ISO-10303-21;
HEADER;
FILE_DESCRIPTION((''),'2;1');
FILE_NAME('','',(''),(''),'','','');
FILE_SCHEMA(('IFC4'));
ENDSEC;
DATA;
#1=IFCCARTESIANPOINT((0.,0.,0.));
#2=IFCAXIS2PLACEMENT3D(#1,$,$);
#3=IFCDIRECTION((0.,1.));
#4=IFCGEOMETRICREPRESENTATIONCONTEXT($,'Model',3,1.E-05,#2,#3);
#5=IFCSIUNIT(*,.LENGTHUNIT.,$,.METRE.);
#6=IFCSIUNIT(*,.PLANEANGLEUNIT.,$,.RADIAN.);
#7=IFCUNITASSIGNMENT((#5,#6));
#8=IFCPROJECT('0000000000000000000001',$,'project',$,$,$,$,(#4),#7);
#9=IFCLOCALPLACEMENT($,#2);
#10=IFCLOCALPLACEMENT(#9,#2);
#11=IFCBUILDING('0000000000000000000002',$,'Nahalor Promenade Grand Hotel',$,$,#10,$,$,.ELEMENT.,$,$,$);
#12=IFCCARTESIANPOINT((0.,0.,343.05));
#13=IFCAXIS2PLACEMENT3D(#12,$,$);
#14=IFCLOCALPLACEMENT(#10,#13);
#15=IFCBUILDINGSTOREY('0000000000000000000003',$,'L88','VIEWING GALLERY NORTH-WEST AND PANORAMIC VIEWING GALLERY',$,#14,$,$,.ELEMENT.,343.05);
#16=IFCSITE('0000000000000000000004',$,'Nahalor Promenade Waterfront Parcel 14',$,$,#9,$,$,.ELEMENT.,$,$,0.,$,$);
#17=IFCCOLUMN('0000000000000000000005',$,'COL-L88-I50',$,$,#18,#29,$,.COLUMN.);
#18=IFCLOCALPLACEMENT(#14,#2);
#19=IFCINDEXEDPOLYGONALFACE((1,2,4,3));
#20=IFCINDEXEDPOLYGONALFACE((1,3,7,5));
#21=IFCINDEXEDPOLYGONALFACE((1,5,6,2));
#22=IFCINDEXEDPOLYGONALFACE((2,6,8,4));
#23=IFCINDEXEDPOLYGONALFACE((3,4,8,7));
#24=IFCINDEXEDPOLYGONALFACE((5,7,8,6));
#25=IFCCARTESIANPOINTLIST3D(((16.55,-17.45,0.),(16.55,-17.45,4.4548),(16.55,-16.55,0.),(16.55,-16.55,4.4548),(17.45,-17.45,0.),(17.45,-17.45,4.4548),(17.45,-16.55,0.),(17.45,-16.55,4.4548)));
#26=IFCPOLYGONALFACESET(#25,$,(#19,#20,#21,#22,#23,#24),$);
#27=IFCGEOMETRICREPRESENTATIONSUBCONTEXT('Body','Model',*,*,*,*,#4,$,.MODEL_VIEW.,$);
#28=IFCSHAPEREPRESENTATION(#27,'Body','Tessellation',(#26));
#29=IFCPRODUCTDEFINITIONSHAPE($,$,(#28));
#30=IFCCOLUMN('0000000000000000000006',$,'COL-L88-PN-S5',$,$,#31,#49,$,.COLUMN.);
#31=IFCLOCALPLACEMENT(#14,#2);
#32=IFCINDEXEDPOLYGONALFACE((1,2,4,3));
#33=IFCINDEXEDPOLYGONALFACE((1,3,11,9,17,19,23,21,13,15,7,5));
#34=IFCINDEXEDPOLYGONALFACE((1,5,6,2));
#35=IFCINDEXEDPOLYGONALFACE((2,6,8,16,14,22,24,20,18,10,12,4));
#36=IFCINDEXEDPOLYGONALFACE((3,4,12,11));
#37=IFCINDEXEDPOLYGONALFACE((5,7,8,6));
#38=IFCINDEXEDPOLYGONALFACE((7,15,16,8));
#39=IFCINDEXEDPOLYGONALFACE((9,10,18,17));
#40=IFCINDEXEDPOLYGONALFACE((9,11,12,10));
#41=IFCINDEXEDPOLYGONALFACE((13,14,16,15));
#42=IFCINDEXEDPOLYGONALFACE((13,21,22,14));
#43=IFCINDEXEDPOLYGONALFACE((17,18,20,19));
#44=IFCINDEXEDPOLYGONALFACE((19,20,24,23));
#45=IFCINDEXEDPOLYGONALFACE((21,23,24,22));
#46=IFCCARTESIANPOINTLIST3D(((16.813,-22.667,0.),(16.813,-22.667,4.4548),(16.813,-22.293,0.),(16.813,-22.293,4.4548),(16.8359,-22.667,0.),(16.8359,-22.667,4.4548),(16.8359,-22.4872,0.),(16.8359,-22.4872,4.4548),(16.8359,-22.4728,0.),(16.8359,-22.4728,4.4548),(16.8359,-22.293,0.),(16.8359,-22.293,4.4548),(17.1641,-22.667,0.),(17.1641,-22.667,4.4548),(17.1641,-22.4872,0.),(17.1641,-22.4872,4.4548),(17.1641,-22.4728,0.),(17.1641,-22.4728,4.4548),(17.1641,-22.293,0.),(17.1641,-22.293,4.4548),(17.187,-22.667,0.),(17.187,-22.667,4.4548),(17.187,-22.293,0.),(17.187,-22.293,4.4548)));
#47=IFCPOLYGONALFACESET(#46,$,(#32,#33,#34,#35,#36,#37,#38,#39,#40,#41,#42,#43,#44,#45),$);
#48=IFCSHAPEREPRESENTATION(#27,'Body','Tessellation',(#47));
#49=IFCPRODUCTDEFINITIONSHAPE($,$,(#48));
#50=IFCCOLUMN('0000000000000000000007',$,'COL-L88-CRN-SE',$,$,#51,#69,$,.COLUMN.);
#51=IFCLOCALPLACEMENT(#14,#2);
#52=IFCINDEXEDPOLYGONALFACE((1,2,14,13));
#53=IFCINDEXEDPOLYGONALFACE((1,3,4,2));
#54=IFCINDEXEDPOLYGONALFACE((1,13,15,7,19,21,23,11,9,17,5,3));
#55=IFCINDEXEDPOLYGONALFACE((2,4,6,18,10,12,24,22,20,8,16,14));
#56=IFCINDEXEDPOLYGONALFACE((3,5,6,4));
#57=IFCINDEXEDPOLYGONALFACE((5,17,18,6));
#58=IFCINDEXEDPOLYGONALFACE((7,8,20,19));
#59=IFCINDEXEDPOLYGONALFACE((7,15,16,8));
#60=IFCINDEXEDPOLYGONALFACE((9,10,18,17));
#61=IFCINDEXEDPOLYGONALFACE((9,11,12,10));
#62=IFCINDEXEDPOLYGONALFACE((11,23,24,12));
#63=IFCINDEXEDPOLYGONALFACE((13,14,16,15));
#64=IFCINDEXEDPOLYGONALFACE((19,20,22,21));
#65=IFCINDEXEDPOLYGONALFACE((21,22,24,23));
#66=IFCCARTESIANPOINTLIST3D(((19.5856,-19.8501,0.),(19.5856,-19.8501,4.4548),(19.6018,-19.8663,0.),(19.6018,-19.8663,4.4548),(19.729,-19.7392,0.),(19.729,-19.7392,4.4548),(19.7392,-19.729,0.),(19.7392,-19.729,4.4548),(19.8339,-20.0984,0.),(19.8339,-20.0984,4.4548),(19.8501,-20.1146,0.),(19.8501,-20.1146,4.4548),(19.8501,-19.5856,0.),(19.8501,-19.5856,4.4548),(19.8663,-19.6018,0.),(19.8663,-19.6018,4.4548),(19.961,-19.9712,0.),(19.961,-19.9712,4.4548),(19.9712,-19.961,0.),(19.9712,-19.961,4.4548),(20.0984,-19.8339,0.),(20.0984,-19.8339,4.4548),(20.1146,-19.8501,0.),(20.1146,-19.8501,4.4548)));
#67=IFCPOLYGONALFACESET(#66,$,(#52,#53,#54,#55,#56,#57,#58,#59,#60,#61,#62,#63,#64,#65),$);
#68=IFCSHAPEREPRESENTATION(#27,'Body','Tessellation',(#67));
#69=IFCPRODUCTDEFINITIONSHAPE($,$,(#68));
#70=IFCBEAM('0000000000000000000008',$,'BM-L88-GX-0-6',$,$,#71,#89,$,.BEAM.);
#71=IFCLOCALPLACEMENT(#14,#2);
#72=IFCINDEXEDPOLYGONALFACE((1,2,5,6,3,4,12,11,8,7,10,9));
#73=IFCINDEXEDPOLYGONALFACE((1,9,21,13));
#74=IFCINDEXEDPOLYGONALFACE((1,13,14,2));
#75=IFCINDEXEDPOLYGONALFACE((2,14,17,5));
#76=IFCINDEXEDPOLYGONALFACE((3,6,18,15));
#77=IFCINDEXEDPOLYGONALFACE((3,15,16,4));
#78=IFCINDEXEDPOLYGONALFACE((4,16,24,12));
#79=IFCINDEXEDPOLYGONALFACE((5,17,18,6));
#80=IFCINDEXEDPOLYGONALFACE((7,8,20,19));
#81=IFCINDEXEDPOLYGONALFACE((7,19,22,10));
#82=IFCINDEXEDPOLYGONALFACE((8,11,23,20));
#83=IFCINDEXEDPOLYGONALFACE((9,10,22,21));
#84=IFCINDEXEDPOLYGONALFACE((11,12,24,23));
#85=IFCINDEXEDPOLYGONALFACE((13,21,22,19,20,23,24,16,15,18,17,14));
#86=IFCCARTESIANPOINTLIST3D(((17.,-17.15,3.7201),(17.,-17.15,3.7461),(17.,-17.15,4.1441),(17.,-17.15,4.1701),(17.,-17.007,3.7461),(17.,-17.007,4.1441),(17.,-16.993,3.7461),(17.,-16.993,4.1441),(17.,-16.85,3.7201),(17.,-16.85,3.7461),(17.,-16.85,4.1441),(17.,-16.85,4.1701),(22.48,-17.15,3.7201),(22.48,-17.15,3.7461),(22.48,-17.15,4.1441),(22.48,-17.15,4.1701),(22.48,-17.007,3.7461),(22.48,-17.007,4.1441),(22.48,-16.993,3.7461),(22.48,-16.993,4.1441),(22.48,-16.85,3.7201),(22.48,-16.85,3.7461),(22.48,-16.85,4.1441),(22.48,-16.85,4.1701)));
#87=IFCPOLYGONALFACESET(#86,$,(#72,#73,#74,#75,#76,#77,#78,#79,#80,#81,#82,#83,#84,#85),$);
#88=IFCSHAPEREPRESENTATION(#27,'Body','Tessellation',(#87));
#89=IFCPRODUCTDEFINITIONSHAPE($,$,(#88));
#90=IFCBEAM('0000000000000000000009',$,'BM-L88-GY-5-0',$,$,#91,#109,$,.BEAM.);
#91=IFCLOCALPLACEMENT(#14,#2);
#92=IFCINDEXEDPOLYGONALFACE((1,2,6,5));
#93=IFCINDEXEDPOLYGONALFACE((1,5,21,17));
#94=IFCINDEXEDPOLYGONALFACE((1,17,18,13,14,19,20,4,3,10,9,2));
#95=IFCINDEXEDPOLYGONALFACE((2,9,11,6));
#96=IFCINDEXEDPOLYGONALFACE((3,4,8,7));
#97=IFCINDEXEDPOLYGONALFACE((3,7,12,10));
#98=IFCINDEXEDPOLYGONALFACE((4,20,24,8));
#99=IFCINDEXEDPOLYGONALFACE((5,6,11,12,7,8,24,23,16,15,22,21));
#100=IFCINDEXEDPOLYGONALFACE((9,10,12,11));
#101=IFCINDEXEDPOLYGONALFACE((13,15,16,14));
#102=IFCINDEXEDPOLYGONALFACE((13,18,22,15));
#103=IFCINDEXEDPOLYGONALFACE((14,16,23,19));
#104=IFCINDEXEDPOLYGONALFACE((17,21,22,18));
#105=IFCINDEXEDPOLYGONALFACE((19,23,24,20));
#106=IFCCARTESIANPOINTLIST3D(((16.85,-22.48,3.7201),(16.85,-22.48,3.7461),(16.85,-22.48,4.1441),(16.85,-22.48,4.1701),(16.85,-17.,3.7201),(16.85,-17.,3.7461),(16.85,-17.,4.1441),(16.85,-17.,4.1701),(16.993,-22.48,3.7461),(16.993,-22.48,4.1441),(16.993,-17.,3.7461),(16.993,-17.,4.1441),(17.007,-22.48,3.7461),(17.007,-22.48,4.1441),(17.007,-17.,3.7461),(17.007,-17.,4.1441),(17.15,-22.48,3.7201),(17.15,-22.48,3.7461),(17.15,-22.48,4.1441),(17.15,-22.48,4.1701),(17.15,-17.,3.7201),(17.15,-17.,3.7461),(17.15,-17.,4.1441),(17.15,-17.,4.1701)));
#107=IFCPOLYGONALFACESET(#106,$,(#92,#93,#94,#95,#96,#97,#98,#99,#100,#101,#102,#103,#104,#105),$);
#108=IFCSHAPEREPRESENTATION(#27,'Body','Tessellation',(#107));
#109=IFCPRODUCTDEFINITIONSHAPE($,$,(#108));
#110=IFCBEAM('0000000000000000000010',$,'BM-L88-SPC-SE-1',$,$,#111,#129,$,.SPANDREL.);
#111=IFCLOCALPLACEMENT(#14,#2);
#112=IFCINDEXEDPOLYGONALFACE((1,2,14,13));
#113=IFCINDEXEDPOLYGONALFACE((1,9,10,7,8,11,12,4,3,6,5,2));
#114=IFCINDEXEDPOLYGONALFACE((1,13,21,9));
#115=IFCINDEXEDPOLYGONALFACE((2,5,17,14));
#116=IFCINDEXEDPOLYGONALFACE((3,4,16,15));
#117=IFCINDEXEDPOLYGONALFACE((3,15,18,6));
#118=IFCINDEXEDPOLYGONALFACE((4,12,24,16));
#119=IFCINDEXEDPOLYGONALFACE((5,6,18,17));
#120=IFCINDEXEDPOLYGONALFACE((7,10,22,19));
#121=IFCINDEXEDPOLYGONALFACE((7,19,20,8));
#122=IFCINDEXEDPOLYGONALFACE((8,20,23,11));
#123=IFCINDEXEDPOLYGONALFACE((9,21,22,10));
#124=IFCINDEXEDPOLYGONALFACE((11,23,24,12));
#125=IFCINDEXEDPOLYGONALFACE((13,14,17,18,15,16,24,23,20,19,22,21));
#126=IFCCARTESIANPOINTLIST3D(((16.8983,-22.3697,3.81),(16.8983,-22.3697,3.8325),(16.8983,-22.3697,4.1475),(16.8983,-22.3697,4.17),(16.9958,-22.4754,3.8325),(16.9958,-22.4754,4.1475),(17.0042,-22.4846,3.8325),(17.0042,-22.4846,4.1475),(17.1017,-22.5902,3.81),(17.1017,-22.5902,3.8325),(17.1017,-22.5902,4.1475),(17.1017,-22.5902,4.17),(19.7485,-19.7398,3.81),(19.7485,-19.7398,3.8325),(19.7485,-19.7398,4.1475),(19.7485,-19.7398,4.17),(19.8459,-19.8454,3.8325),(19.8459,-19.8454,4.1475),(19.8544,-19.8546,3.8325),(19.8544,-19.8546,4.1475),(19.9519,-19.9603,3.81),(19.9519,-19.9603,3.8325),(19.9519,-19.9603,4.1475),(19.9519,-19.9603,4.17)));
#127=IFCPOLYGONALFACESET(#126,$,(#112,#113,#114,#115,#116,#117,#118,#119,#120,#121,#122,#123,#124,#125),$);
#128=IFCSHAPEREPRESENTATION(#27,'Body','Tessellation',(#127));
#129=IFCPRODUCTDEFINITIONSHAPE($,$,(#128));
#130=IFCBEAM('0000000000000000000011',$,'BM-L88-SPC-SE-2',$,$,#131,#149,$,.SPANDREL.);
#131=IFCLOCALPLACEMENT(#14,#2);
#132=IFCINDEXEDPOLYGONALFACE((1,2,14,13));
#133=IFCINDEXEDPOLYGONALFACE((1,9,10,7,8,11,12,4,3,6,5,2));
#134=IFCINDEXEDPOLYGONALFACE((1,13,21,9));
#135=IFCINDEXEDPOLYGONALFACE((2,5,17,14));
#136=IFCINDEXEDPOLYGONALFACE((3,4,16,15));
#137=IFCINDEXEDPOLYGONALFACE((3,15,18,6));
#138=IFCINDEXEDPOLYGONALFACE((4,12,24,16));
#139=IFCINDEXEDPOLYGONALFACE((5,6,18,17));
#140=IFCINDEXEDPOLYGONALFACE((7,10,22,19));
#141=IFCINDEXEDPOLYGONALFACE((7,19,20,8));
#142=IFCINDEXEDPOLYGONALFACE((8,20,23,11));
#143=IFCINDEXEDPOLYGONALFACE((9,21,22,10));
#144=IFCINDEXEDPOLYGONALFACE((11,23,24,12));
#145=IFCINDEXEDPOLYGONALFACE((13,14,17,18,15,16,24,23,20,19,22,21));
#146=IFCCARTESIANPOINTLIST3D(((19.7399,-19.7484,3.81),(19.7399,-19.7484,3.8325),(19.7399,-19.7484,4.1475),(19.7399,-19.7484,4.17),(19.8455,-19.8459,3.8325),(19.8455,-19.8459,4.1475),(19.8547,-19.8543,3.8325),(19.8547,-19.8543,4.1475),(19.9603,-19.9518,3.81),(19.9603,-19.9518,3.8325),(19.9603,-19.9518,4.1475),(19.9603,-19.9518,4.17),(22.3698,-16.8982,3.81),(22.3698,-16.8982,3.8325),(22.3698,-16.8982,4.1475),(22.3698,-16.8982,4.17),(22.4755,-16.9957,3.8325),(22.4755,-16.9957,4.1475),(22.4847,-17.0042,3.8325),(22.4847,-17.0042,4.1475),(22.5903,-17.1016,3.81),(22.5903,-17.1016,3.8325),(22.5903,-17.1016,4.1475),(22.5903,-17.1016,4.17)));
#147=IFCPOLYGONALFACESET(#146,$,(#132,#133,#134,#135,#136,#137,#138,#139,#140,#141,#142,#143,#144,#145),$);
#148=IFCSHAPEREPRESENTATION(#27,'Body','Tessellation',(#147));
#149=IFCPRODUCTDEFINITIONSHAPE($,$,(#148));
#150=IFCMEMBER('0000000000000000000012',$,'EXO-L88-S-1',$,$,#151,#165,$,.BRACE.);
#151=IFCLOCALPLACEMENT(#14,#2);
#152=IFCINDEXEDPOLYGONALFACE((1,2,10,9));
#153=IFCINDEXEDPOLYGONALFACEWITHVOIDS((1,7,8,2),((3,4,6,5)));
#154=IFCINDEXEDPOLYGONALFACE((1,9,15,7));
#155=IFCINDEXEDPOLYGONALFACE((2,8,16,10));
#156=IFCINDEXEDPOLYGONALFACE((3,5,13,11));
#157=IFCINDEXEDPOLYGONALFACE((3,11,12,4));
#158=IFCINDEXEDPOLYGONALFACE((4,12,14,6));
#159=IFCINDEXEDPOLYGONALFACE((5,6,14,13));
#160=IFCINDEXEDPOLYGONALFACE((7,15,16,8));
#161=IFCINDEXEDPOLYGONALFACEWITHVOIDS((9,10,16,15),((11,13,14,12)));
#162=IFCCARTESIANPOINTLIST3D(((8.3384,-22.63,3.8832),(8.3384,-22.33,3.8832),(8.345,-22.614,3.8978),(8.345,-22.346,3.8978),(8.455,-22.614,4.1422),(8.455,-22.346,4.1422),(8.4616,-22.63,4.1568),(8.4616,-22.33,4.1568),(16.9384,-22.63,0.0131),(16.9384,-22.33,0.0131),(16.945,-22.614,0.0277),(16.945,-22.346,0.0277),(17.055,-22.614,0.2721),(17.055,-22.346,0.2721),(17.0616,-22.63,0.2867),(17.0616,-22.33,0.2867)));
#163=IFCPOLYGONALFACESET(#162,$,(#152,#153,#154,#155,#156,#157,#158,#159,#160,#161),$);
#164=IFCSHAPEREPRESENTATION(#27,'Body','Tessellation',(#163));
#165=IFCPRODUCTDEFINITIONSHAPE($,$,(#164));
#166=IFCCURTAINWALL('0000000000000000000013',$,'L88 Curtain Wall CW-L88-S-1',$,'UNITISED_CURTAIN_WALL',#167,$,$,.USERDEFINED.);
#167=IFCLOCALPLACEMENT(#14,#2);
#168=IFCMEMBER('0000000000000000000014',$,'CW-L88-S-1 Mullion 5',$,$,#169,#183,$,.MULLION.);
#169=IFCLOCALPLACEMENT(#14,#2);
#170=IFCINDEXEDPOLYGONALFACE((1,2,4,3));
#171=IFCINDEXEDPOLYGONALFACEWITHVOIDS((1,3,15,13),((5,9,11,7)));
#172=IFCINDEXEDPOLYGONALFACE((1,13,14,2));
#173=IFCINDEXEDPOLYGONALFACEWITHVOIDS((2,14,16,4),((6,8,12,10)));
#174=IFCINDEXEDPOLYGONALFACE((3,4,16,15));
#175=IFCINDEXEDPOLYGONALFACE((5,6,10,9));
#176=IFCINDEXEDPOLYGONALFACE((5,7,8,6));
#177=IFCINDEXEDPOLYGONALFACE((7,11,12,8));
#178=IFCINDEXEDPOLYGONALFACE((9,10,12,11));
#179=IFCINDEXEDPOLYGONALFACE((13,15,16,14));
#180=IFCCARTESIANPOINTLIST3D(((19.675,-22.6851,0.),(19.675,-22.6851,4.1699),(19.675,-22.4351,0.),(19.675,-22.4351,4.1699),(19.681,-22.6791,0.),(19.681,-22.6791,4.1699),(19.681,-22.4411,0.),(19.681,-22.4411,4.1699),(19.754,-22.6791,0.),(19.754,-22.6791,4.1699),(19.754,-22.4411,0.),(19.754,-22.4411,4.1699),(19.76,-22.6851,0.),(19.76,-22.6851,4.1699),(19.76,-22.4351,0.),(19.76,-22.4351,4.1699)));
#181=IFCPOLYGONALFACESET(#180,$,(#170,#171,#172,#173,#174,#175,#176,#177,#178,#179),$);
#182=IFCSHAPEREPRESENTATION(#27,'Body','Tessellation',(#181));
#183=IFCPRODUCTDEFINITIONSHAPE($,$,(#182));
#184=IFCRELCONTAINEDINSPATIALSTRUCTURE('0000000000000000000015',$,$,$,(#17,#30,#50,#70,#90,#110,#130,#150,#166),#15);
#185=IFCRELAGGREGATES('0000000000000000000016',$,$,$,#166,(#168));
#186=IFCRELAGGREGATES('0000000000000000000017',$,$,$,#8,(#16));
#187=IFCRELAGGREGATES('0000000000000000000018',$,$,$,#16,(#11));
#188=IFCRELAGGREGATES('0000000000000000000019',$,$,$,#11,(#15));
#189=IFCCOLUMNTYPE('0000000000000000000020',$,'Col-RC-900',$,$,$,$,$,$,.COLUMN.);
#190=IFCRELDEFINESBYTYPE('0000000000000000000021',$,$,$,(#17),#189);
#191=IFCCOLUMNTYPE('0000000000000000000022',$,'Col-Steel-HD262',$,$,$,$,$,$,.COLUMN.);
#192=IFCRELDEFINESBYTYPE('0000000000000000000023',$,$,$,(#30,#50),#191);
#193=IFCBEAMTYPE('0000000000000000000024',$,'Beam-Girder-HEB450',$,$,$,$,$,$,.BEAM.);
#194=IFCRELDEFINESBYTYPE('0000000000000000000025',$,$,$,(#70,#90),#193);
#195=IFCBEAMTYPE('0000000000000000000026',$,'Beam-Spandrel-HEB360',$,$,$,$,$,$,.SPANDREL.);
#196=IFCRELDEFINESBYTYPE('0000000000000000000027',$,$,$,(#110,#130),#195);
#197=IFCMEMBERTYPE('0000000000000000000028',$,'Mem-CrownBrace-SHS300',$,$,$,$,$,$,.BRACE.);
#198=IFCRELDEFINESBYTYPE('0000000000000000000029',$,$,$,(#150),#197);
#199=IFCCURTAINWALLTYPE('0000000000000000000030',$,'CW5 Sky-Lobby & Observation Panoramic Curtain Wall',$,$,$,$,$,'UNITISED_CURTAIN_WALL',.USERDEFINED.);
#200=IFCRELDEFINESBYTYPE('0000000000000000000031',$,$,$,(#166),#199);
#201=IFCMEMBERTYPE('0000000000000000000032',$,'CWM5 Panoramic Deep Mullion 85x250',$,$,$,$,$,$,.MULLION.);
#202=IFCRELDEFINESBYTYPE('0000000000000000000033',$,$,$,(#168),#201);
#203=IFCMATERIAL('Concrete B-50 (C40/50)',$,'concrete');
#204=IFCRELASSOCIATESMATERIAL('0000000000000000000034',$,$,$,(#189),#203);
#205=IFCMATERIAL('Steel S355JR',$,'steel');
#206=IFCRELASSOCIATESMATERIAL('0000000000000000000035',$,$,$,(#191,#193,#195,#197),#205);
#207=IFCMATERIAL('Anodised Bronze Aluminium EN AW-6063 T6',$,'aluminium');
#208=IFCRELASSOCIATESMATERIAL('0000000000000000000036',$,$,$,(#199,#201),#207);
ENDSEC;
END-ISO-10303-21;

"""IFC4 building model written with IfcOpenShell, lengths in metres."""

from ifc_helpers import new_model, si_unit, direction, frame, origin, origin_2d, place, context, subcontext, project, spatial, rectangle, hollow_rectangle, i_section, extrude, source, transform, mapped, material, material_profile, profile_set, type_object, element, aggregate, save


model = new_model("IFC4")

# Units and contexts
model_context = context("Model", 3, precision=1e-05, world=origin(), true_north=direction((0.0, 1.0)))
body_context = subcontext(model_context, "Body", "Model", "MODEL_VIEW")
ifc_project = project(units=[si_unit("LENGTHUNIT", "METRE"), si_unit("PLANEANGLEUNIT", "RADIAN")], contexts=[model_context])

# Site, building, storey
site_placement = place(None, origin())
site = spatial("IfcSite", under=ifc_project, at=site_placement, Name="Nahalor Promenade Waterfront Parcel 14", CompositionType="ELEMENT", RefElevation=0.0)
building_placement = place(site_placement, origin())
building = spatial("IfcBuilding", under=site, at=building_placement, Name="Nahalor Promenade Grand Hotel", CompositionType="ELEMENT")
storey_placement = place(building_placement, frame((0.0, 0.0, 343.05)))
storey = spatial("IfcBuildingStorey", under=building, at=storey_placement, Name="L88", Description="VIEWING GALLERY NORTH-WEST AND PANORAMIC VIEWING GALLERY", CompositionType="ELEMENT", Elevation=343.05)

# Columns
ifc_material_1 = material(Name="Concrete B-50 (C40/50)", Category="concrete")
ifc_material_profile_1 = material_profile(ifc_material_1, rectangle(XDim=0.9, YDim=0.9, at=origin_2d()), Name="RC 900x900")
ifc_profile_set_1 = profile_set([ifc_material_profile_1], Name="Concrete B-50 (C40/50)")
column_type_1 = type_object("IfcColumnType", Name="Col-RC-900", PredefinedType="COLUMN", material=ifc_profile_set_1)
shared_shape_1 = source(origin(), body_context, "Body", "SweptSolid", [
    extrude(rectangle(XDim=0.9, YDim=0.9, at=origin_2d()), origin(), (0.0, 0.0, 1.0), 4.4548),
])
column_placement = place(storey_placement, frame((17.0, -17.0, 0.0), z_axis=(0.0, 0.0, 1.0), x_axis=(1.0, 0.0, 0.0)))
element("IfcColumn", 1, at=column_placement, inside=storey, type_object=column_type_1, Name="COL-L88-I50", PredefinedType="COLUMN", context=body_context, shape_type="MappedRepresentation", body=[
    mapped(shared_shape_1, transform((0.0, 0.0, 0.0), scale=1.0)),
])
ifc_material_2 = material(Name="Steel S355JR", Category="steel")
ifc_material_profile_2 = material_profile(ifc_material_2, i_section(OverallWidth=0.374, OverallDepth=0.374, WebThickness=0.0144, FlangeThickness=0.0229, at=origin_2d()), Name="HD 360x262")
ifc_profile_set_2 = profile_set([ifc_material_profile_2], Name="Steel S355JR")
column_type_2 = type_object("IfcColumnType", Name="Col-Steel-HD262", PredefinedType="COLUMN", material=ifc_profile_set_2)
shared_shape_2 = source(origin(), body_context, "Body", "SweptSolid", [
    extrude(i_section(OverallWidth=0.374, OverallDepth=0.374, WebThickness=0.0144, FlangeThickness=0.0229, at=origin_2d()), origin(), (0.0, 0.0, 1.0), 4.4548),
])
for number, where, z_axis, x_axis, name in (
    (2, (17.0, -22.48, 0.0), (0.0, 0.0, 1.0), (0.0, 1.0, 0.0), "COL-L88-PN-S5"),
    (3, (19.8501, -19.8501, 0.0), (0.0, 0.0, 1.0), (0.707107, 0.707107, 0.0), "COL-L88-CRN-SE"),
):
    element("IfcColumn", number, at=place(storey_placement, frame(where, z_axis=z_axis, x_axis=x_axis)), inside=storey, type_object=column_type_2, Name=name, PredefinedType="COLUMN", context=body_context, shape_type="MappedRepresentation", body=[
        mapped(shared_shape_2, transform((0.0, 0.0, 0.0), scale=1.0)),
    ])

# Beams
ifc_material_profile_3 = material_profile(ifc_material_2, i_section(OverallWidth=0.3, OverallDepth=0.45, WebThickness=0.014, FlangeThickness=0.026, at=origin_2d()), Name="HEB 450")
ifc_profile_set_3 = profile_set([ifc_material_profile_3], Name="Steel S355JR")
beam_type_1 = type_object("IfcBeamType", Name="Beam-Girder-HEB450", PredefinedType="BEAM", material=ifc_profile_set_3)
shared_shape_3 = source(origin(), body_context, "Body", "SweptSolid", [
    extrude(i_section(OverallWidth=0.3, OverallDepth=0.45, WebThickness=0.014, FlangeThickness=0.026, at=origin_2d()), origin(), (0.0, 0.0, 1.0), 5.48),
])
for number, where, z_axis, x_axis, name in (
    (4, (17.0, -17.0, 3.9451), (1.0, 0.0, 0.0), (0.0, 1.0, 0.0), "BM-L88-GX-0-6"),
    (5, (17.0, -22.48, 3.9451), (0.0, 1.0, 0.0), (-1.0, 0.0, 0.0), "BM-L88-GY-5-0"),
):
    element("IfcBeam", number, at=place(storey_placement, frame(where, z_axis=z_axis, x_axis=x_axis)), inside=storey, type_object=beam_type_1, Name=name, PredefinedType="BEAM", context=body_context, shape_type="MappedRepresentation", body=[
        mapped(shared_shape_3, transform((0.0, 0.0, 0.0), scale=1.0)),
    ])
ifc_material_profile_4 = material_profile(ifc_material_2, i_section(OverallWidth=0.3, OverallDepth=0.36, WebThickness=0.0125, FlangeThickness=0.0225, at=origin_2d()), Name="HEB 360")
ifc_profile_set_4 = profile_set([ifc_material_profile_4], Name="Steel S355JR")
beam_type_2 = type_object("IfcBeamType", Name="Beam-Spandrel-HEB360", PredefinedType="SPANDREL", material=ifc_profile_set_4)
shared_shape_4 = source(origin(), body_context, "Body", "SweptSolid", [
    extrude(i_section(OverallWidth=0.3, OverallDepth=0.36, WebThickness=0.0125, FlangeThickness=0.0225, at=origin_2d()), origin(), (0.0, 0.0, 1.0), 3.8782),
])
for number, where, z_axis, x_axis, name in (
    (6, (17.0, -22.48, 3.99), (0.734929, 0.678144, 0.0), (-0.678144, 0.734929, 0.0), "BM-L88-SPC-SE-1"),
    (7, (19.8501, -19.8501, 3.99), (0.678144, 0.734929, 0.0), (-0.734929, 0.678144, 0.0), "BM-L88-SPC-SE-2"),
):
    element("IfcBeam", number, at=place(storey_placement, frame(where, z_axis=z_axis, x_axis=x_axis)), inside=storey, type_object=beam_type_2, Name=name, PredefinedType="SPANDREL", context=body_context, shape_type="MappedRepresentation", body=[
        mapped(shared_shape_4, transform((0.0, 0.0, 0.0), scale=1.0)),
    ])

# Member
ifc_material_profile_5 = material_profile(ifc_material_2, hollow_rectangle(XDim=0.3, YDim=0.3, WallThickness=0.016, at=origin_2d()), Name="SHS 300x300x16")
ifc_profile_set_5 = profile_set([ifc_material_profile_5], Name="Steel S355JR")
member_type_1 = type_object("IfcMemberType", Name="Mem-CrownBrace-SHS300", PredefinedType="BRACE", material=ifc_profile_set_5)
shared_shape_5 = source(origin(), body_context, "Body", "SweptSolid", [
    extrude(hollow_rectangle(XDim=0.3, YDim=0.3, WallThickness=0.016, at=origin_2d()), origin(), (0.0, 0.0, 1.0), 9.4307),
])
member_1_placement = place(storey_placement, frame((17.0, -22.48, 0.1499), z_axis=(-0.911919, 0.0, 0.410371), x_axis=(0.0, -1.0, 0.0)))
element("IfcMember", 8, at=member_1_placement, inside=storey, type_object=member_type_1, Name="EXO-L88-S-1", PredefinedType="BRACE", context=body_context, shape_type="MappedRepresentation", body=[
    mapped(shared_shape_5, transform((0.0, 0.0, 0.0), scale=1.0)),
])

# Curtain wall, member
ifc_material_3 = material(Name="Anodised Bronze Aluminium EN AW-6063 T6", Category="aluminium")
curtain_wall_type = type_object("IfcCurtainWallType", Name="CW5 Sky-Lobby & Observation Panoramic Curtain Wall", ElementType="UNITISED_CURTAIN_WALL", PredefinedType="USERDEFINED", material=ifc_material_3)
curtain_wall_1_placement = place(storey_placement, origin())
curtain_wall_1 = element("IfcCurtainWall", 9, at=curtain_wall_1_placement, inside=storey, type_object=curtain_wall_type, Name="L88 Curtain Wall CW-L88-S-1", ObjectType="UNITISED_CURTAIN_WALL", PredefinedType="USERDEFINED")
ifc_material_profile_6 = material_profile(ifc_material_3, hollow_rectangle(XDim=0.085, YDim=0.25, WallThickness=0.006, at=origin_2d()), Name="CWM 85x250x6")
ifc_profile_set_6 = profile_set([ifc_material_profile_6], Name="Anodised Bronze Aluminium EN AW-6063 T6")
member_type_2 = type_object("IfcMemberType", Name="CWM5 Panoramic Deep Mullion 85x250", PredefinedType="MULLION", material=ifc_profile_set_6)
shared_shape_6 = source(origin(), body_context, "Body", "SweptSolid", [
    extrude(hollow_rectangle(XDim=0.085, YDim=0.25, WallThickness=0.006, at=origin_2d()), origin(), (0.0, 0.0, 1.0), 4.1699),
])
member_2_placement = place(storey_placement, frame((19.7175, -22.5601, 0.0), z_axis=(0.0, 0.0, 1.0), x_axis=(1.0, 0.0, 0.0)))
member_2 = element("IfcMember", 10, at=member_2_placement, type_object=member_type_2, Name="CW-L88-S-1 Mullion 5", PredefinedType="MULLION", context=body_context, shape_type="MappedRepresentation", body=[
    mapped(shared_shape_6, transform((0.0, 0.0, 0.0), scale=1.0)),
])

aggregate(curtain_wall_1, [member_2])

save(model, "model.ifc")
